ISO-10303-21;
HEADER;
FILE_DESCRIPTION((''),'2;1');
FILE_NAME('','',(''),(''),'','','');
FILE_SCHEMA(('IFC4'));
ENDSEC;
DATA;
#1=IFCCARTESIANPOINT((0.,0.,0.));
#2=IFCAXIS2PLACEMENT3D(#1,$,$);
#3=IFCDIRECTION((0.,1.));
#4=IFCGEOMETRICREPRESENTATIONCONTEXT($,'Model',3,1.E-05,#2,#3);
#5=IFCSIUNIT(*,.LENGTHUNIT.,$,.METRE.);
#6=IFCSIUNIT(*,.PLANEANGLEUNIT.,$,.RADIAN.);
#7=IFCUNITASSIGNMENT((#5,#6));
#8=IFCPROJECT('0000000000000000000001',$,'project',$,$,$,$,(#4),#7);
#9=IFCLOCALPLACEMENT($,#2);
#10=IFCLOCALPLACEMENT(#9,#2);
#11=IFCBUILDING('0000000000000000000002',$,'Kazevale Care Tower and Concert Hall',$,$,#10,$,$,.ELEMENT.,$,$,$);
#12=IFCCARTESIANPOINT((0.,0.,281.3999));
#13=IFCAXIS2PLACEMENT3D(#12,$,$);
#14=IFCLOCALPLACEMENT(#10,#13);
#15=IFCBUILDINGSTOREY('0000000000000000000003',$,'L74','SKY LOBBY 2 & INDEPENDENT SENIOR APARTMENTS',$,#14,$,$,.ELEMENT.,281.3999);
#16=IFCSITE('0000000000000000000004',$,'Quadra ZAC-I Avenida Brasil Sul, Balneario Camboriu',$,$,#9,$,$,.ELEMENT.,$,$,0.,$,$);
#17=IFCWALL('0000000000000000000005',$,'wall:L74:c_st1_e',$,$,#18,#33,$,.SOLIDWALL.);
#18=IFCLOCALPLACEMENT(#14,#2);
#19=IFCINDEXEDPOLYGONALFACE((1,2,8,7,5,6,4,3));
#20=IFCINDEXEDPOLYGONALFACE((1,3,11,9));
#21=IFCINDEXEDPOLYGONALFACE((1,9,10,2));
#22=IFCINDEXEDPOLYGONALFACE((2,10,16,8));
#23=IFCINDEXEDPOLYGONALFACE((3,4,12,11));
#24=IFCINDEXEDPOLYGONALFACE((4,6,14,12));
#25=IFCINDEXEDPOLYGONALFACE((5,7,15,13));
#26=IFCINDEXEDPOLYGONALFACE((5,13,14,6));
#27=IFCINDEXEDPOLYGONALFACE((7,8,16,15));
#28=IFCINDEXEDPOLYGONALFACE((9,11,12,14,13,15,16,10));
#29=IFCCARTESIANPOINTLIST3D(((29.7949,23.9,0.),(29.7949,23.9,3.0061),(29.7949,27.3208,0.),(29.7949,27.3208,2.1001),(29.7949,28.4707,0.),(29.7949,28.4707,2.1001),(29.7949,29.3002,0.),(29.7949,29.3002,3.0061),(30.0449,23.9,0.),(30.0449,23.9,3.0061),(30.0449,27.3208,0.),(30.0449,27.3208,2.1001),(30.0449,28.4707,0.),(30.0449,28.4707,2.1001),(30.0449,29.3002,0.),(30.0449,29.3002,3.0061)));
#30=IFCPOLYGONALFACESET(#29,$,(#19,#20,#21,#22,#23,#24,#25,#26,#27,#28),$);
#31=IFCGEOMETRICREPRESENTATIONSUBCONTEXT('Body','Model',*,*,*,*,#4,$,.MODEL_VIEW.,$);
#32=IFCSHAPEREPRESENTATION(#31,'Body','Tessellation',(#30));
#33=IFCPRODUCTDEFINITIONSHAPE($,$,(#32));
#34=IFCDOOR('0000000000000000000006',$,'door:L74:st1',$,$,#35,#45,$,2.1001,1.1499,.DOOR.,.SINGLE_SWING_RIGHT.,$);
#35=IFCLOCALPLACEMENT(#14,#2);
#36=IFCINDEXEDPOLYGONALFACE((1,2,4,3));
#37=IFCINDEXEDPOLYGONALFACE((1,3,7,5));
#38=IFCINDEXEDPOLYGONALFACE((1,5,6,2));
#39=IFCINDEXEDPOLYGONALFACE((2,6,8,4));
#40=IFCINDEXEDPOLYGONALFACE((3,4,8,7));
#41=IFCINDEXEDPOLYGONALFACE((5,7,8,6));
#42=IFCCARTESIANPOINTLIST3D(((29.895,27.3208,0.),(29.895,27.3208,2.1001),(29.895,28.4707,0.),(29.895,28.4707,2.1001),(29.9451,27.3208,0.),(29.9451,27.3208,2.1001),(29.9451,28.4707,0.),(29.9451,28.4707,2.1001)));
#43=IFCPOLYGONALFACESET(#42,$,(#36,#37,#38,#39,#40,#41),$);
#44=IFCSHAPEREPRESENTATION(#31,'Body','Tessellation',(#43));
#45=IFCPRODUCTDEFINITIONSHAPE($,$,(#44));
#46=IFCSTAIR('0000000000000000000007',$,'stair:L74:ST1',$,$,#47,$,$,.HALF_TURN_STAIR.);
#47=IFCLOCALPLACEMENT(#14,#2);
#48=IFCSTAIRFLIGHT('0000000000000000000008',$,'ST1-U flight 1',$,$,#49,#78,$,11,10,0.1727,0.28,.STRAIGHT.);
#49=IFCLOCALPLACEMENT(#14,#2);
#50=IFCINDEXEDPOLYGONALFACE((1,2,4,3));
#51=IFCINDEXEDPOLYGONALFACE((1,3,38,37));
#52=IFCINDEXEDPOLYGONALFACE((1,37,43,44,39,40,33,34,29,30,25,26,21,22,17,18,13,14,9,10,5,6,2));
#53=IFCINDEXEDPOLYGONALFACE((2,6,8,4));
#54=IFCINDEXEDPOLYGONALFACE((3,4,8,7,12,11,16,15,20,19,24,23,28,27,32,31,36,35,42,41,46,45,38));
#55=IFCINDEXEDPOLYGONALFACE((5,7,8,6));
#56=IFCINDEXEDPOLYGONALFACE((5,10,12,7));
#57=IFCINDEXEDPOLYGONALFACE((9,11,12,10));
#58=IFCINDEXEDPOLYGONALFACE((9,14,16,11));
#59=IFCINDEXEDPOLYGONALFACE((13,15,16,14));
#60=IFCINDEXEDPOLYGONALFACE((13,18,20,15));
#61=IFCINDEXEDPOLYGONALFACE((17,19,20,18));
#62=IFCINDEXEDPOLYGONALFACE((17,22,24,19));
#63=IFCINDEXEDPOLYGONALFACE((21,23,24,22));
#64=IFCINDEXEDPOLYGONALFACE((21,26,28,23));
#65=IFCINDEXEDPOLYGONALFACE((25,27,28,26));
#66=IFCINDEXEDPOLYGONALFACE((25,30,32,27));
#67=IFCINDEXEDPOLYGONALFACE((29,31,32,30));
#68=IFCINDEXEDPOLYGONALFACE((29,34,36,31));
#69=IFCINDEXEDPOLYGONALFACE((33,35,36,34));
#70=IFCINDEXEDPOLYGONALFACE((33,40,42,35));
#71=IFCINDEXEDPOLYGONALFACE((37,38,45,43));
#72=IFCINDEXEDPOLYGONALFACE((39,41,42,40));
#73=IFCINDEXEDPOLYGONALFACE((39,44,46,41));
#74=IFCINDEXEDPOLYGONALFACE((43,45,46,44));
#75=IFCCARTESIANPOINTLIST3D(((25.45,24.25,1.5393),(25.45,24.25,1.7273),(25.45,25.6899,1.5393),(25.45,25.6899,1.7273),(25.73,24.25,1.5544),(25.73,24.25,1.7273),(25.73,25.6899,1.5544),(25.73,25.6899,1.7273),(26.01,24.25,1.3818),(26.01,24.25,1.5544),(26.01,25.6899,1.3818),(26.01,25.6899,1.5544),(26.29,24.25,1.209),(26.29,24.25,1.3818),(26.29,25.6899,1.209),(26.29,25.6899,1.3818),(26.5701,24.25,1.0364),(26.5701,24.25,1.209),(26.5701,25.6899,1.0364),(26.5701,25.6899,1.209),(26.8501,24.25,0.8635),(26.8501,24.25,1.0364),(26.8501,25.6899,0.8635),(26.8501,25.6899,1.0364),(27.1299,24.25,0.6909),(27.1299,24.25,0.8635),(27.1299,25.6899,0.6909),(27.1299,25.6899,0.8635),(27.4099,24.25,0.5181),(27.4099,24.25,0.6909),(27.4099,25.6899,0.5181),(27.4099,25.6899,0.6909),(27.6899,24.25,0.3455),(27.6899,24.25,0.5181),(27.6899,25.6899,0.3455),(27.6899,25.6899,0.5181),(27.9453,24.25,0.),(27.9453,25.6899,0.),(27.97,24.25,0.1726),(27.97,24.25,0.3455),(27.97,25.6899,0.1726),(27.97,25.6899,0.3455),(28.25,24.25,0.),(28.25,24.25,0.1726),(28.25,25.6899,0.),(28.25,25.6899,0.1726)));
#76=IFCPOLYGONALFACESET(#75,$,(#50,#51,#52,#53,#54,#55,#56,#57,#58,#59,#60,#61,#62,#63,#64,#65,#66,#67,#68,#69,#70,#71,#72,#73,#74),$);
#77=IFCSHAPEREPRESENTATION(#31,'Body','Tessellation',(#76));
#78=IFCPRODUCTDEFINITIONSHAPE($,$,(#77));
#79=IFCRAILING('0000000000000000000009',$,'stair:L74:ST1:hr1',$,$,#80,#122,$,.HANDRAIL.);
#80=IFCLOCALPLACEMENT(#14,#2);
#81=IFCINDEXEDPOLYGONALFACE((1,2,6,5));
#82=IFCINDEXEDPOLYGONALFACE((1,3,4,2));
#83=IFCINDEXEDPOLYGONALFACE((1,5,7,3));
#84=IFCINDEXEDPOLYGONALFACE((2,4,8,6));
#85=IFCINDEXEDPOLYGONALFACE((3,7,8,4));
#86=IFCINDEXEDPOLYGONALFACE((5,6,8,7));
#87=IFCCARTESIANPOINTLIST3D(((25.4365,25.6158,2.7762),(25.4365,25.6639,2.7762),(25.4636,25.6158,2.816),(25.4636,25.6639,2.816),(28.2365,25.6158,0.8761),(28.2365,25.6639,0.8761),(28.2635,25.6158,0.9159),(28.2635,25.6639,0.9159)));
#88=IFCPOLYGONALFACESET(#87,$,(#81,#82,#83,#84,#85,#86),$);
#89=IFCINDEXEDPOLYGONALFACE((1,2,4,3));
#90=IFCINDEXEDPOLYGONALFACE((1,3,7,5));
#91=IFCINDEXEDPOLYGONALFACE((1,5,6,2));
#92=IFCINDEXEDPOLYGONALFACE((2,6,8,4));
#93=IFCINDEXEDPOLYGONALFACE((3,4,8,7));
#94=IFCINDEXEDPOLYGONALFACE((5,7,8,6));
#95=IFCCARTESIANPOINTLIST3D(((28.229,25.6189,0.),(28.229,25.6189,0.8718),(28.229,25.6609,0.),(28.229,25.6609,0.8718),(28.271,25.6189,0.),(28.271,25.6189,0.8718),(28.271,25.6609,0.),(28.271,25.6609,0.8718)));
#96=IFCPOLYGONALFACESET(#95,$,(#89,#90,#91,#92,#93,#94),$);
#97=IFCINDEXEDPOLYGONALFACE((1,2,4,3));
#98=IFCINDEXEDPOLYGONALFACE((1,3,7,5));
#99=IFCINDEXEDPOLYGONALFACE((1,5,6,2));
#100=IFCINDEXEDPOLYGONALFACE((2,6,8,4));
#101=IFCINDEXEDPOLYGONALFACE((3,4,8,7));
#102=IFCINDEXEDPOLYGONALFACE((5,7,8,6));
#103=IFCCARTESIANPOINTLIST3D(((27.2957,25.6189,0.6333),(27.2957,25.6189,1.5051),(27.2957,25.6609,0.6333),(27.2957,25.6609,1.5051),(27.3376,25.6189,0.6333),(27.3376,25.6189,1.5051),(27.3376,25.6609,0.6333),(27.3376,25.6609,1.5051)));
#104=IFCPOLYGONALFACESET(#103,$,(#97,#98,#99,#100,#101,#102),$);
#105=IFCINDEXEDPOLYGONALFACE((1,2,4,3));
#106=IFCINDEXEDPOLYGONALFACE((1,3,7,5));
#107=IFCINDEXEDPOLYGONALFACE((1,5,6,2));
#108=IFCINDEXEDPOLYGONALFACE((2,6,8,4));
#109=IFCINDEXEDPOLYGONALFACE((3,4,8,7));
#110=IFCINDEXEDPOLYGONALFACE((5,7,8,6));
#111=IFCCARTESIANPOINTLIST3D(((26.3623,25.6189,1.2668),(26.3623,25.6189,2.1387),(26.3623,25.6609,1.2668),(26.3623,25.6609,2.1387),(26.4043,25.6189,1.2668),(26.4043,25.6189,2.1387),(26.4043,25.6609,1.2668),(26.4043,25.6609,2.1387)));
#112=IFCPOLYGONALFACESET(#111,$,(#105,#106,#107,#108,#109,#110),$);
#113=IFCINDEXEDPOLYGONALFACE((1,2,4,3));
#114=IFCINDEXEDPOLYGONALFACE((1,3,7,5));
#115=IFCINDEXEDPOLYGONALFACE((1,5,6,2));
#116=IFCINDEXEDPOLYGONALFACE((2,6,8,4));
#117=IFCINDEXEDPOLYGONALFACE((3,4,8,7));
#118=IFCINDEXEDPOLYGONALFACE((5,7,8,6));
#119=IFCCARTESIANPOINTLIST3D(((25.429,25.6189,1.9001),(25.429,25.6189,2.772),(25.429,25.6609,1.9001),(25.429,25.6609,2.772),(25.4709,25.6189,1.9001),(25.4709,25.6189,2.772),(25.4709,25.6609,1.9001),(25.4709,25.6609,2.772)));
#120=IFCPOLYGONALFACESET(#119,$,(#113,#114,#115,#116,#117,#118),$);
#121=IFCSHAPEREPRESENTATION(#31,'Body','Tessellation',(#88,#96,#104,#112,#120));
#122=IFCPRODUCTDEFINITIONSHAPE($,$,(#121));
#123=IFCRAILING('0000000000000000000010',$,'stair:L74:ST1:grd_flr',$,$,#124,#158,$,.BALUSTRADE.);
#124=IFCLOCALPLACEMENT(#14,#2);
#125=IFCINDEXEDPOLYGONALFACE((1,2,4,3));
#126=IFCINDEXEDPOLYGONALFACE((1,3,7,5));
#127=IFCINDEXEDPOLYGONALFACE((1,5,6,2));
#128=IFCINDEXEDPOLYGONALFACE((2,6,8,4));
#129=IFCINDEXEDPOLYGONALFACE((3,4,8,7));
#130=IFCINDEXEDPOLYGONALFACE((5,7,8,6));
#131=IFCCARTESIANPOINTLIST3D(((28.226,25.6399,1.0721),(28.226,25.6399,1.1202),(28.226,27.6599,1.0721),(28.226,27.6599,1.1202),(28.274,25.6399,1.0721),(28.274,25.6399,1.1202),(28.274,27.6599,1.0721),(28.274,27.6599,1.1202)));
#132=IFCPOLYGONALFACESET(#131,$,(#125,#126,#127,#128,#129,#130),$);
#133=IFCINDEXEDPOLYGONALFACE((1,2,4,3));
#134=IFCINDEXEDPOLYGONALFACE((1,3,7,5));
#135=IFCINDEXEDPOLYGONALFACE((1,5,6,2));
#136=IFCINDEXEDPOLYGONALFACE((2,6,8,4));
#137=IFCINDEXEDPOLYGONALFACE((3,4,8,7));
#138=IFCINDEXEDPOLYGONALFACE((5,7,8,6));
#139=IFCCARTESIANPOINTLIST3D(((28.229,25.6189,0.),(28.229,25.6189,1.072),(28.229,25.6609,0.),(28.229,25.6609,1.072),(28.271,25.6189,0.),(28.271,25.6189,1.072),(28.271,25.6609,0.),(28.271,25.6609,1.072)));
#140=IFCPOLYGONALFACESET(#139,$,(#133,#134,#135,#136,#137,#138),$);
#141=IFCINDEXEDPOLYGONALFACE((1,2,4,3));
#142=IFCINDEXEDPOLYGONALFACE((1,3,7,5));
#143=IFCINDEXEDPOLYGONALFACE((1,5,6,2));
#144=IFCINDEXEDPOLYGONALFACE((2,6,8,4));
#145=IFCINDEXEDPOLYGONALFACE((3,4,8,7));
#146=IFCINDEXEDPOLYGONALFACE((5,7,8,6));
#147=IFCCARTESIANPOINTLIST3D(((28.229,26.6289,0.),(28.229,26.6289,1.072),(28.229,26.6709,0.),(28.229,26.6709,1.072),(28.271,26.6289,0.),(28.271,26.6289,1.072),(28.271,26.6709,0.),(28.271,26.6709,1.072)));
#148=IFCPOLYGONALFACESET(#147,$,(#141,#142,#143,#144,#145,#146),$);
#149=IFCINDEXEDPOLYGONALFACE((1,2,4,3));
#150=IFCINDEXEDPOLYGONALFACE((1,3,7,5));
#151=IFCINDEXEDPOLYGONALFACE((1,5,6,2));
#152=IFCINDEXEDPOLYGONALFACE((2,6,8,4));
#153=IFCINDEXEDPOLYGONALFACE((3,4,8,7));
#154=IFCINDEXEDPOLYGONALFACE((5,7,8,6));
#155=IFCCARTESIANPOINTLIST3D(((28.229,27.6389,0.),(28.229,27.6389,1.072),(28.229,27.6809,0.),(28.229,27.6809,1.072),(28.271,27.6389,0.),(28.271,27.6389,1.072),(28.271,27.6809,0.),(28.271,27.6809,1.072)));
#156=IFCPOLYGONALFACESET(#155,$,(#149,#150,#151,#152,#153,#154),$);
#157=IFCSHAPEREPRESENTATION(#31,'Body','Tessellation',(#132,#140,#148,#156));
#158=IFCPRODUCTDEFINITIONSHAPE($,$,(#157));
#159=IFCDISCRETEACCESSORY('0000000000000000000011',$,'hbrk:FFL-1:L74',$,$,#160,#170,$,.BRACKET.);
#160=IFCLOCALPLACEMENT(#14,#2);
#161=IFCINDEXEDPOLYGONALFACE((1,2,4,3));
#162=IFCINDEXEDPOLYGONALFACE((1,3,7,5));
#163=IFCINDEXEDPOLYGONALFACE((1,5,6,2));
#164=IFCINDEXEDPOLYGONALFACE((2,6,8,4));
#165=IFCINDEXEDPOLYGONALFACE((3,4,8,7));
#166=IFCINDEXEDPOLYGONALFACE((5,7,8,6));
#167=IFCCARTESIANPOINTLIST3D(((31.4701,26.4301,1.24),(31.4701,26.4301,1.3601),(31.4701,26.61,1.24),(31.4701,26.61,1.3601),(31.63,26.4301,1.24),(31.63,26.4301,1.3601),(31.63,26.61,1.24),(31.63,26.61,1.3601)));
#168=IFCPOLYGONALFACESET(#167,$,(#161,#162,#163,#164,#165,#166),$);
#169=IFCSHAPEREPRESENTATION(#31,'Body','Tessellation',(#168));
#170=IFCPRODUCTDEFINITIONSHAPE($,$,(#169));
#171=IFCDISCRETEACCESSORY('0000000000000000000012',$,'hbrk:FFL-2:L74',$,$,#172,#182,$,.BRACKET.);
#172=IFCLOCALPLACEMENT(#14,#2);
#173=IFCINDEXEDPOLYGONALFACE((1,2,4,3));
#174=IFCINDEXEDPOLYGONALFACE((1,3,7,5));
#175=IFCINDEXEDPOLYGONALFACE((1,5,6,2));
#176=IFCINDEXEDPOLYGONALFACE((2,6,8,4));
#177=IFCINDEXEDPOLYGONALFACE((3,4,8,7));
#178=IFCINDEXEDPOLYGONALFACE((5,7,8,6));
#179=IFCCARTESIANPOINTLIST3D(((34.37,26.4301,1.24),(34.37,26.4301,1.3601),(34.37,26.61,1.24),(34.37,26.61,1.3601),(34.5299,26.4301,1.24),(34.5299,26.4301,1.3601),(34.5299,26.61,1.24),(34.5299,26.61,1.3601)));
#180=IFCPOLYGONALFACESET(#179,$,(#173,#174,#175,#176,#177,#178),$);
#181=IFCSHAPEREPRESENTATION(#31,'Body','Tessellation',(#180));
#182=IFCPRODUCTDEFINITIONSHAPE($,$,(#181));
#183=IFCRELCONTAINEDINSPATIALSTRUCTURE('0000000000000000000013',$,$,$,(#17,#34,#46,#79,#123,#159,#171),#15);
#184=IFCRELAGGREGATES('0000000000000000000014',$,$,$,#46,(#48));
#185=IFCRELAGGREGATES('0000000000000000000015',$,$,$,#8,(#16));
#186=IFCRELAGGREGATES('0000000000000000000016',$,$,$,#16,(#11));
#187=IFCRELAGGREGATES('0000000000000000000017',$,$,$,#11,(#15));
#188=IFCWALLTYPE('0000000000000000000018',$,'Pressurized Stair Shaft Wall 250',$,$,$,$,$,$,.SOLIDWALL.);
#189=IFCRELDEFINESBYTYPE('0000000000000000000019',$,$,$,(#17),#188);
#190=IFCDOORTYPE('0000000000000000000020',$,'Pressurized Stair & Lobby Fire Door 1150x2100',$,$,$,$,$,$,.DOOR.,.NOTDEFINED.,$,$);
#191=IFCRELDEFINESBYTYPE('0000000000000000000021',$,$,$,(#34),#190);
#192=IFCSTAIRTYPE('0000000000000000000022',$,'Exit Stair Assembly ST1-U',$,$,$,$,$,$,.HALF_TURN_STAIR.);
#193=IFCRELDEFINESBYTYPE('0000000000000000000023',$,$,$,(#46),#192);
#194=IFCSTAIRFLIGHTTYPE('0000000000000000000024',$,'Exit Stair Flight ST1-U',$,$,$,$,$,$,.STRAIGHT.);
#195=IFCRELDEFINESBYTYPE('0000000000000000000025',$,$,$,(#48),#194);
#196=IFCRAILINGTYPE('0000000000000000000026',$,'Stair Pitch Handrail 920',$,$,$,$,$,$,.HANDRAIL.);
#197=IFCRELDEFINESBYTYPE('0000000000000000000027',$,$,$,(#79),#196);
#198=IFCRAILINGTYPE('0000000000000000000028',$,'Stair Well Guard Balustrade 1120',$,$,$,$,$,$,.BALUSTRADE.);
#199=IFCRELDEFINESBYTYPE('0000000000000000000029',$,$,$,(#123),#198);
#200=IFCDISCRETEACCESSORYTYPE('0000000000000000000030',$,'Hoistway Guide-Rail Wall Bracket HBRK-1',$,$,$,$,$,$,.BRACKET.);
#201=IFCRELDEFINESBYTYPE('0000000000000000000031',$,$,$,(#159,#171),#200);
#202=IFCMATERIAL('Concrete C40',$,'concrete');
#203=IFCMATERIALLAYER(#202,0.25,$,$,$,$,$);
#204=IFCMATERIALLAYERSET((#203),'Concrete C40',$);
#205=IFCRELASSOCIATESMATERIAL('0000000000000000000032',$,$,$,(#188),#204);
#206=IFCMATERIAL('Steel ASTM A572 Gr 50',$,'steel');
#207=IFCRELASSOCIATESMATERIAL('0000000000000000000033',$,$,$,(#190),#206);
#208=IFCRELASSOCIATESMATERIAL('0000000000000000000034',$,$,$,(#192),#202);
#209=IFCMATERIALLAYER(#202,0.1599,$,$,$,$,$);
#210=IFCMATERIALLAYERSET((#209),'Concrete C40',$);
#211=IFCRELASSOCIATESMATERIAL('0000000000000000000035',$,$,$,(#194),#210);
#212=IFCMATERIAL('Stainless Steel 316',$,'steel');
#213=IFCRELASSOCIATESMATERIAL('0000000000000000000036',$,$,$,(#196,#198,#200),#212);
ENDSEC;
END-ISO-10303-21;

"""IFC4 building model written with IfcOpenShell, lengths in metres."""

from ifc_helpers import new_model, si_unit, direction, frame, frame_2d, origin, origin_2d, place, context, subcontext, project, spatial, polyline, rectangle, outline, extrude, material, layer, layer_set, type_object, element, fill, aggregate, save


model = new_model("IFC4")

# Units and contexts
model_context = context("Model", 3, precision=1e-05, world=origin(), true_north=direction((0.0, 1.0)))
body_context = subcontext(model_context, "Body", "Model", "MODEL_VIEW")
ifc_project = project(units=[si_unit("LENGTHUNIT", "METRE"), si_unit("PLANEANGLEUNIT", "RADIAN")], contexts=[model_context])

# Site, building, storey
site_placement = place(None, origin())
site = spatial("IfcSite", under=ifc_project, at=site_placement, Name="Quadra ZAC-I Avenida Brasil Sul, Balneario Camboriu", CompositionType="ELEMENT", RefElevation=0.0)
building_placement = place(site_placement, origin())
building = spatial("IfcBuilding", under=site, at=building_placement, Name="Kazevale Care Tower and Concert Hall", CompositionType="ELEMENT")
storey_placement = place(building_placement, frame((0.0, 0.0, 281.3999)))
storey = spatial("IfcBuildingStorey", under=building, at=storey_placement, Name="L74", Description="SKY LOBBY 2 & INDEPENDENT SENIOR APARTMENTS", CompositionType="ELEMENT", Elevation=281.3999)

# Shared definitions
ifc_material_1 = material(Name="Steel ASTM A572 Gr 50", Category="steel")

# Shared definitions
ifc_material_2 = material(Name="Concrete C40", Category="concrete")
ifc_material_3 = material(Name="Stainless Steel 316", Category="steel")

# Wall, opening, door
ifc_layer_1 = layer(ifc_material_2, 0.25)
ifc_layer_set_1 = layer_set([ifc_layer_1], Name="Concrete C40")
wall_type_1 = type_object("IfcWallType", Name="Pressurized Stair Shaft Wall 250", PredefinedType="SOLIDWALL", material=ifc_layer_set_1)
wall_1_placement = place(storey_placement, frame((29.9199, 23.8999, 0.0), z_axis=(0.0, 0.0, 1.0), x_axis=(0.0, 1.0, 0.0)))
wall_1 = element("IfcWall", 1, at=wall_1_placement, inside=storey, type_object=wall_type_1, Name="wall:L74:c_st1_e", PredefinedType="SOLIDWALL", context=body_context, shape_type="SweptSolid", body=[
    extrude(rectangle(XDim=5.4001, YDim=0.25, at=frame_2d((2.7002, 0.0))), origin(), (0.0, 0.0, 1.0), 3.0061),
])
opening_1_placement = place(wall_1_placement, frame((3.4209, 0.0, 0.0)))
opening_1 = element("IfcOpeningElement", 2, at=opening_1_placement, cuts=wall_1, PredefinedType="OPENING", context=body_context, shape_type="SweptSolid", body=[
    extrude(rectangle(XDim=1.1499, YDim=2.1001, at=frame_2d((0.575, 1.05))), frame((0.0, 0.135, 0.0), z_axis=(0.0, -1.0, 0.0), x_axis=(1.0, 0.0, 0.0)), (0.0, 0.0, 1.0), 0.27),
])
door_type_1 = type_object("IfcDoorType", Name="Pressurized Stair & Lobby Fire Door 1150x2100", OperationType="NOTDEFINED", PredefinedType="DOOR", material=ifc_material_1)
door_1_placement = place(opening_1_placement, origin())
door_1 = element("IfcDoor", 3, at=door_1_placement, inside=storey, type_object=door_type_1, Name="door:L74:st1", OperationType="SINGLE_SWING_RIGHT", OverallHeight=2.1001, OverallWidth=1.1499, PredefinedType="DOOR", context=body_context, shape_type="SweptSolid", body=[
    extrude(rectangle(XDim=1.1499, YDim=2.1001, at=frame_2d((0.575, 1.05))), frame((0.0, 0.0249, 0.0), z_axis=(0.0, -1.0, 0.0), x_axis=(1.0, 0.0, 0.0)), (0.0, 0.0, 1.0), 0.05),
])
fill(opening_1, door_1)

# Stair, stair flight
stair_type = type_object("IfcStairType", Name="Exit Stair Assembly ST1-U", PredefinedType="HALF_TURN_STAIR", material=ifc_material_2)
stair_placement = place(storey_placement, origin())
stair = element("IfcStair", 4, at=stair_placement, inside=storey, type_object=stair_type, Name="stair:L74:ST1", PredefinedType="HALF_TURN_STAIR")
ifc_layer_2 = layer(ifc_material_2, 0.1599)
ifc_layer_set_2 = layer_set([ifc_layer_2], Name="Concrete C40")
stair_flight_type = type_object("IfcStairFlightType", Name="Exit Stair Flight ST1-U", PredefinedType="STRAIGHT", material=ifc_layer_set_2)
stair_flight_placement = place(storey_placement, frame((28.25, 24.97, 0.0), z_axis=(0.0, 0.0, 1.0), x_axis=(-1.0, 0.0, 0.0)))
stair_flight = element("IfcStairFlight", 5, at=stair_flight_placement, type_object=stair_flight_type, Name="ST1-U flight 1", NumberOfRisers=11, NumberOfTreads=10, PredefinedType="STRAIGHT", RiserHeight=0.1727, TreadLength=0.28, context=body_context, shape_type="SweptSolid", body=[
    extrude(outline(polyline([(0.0, 0.0), (0.0, 0.1726), (0.28, 0.1726), (0.28, 0.3455), (0.5601, 0.3455), (0.5601, 0.5181), (0.8401, 0.5181), (0.8401, 0.6909), (1.1201, 0.6909), (1.1201, 0.8635), (1.3999, 0.8635), (1.3999, 1.0364), (1.6799, 1.0364), (1.6799, 1.209), (1.96, 1.209), (1.96, 1.3818), (2.24, 1.3818), (2.24, 1.5544), (2.52, 1.5544), (2.52, 1.7273), (2.8, 1.7273), (2.8, 1.8999), (2.8, 1.5393), (0.3047, 0.0), (0.0, 0.0)])), frame((0.0, 0.72, 0.0), z_axis=(0.0, -1.0, 0.0), x_axis=(1.0, 0.0, 0.0)), (0.0, 0.0, 1.0), 1.4399),
])
aggregate(stair, [stair_flight])

# Railings
railing_type_1 = type_object("IfcRailingType", Name="Stair Pitch Handrail 920", PredefinedType="HANDRAIL", material=ifc_material_3)
railing_1_placement = place(storey_placement, frame((28.25, 25.6399, 0.0)))
element("IfcRailing", 6, at=railing_1_placement, inside=storey, type_object=railing_type_1, Name="stair:L74:ST1:hr1", PredefinedType="HANDRAIL", context=body_context, shape_type="SweptSolid", body=[
    extrude(rectangle(XDim=0.0481, YDim=0.0481, at=origin_2d()), frame((0.0, 0.0, 0.896), z_axis=(-0.82746, 0.0, 0.561524), x_axis=(0.0, -1.0, 0.0)), (0.0, 0.0, 1.0), 3.3838),
    extrude(rectangle(XDim=0.042, YDim=0.042, at=origin_2d()), origin(), (0.0, 0.0, 1.0), 0.8718),
    extrude(rectangle(XDim=0.042, YDim=0.042, at=origin_2d()), frame((-0.9333, 0.0, 0.6333)), (0.0, 0.0, 1.0), 0.8718),
    extrude(rectangle(XDim=0.042, YDim=0.042, at=origin_2d()), frame((-1.8667, 0.0, 1.2668)), (0.0, 0.0, 1.0), 0.8718),
    extrude(rectangle(XDim=0.042, YDim=0.042, at=origin_2d()), frame((-2.8, 0.0, 1.9001)), (0.0, 0.0, 1.0), 0.8718),
])
railing_type_2 = type_object("IfcRailingType", Name="Stair Well Guard Balustrade 1120", PredefinedType="BALUSTRADE", material=ifc_material_3)
railing_2_placement = place(storey_placement, frame((28.25, 25.6399, 0.0)))
element("IfcRailing", 7, at=railing_2_placement, inside=storey, type_object=railing_type_2, Name="stair:L74:ST1:grd_flr", PredefinedType="BALUSTRADE", context=body_context, shape_type="SweptSolid", body=[
    extrude(rectangle(XDim=0.0481, YDim=0.0481, at=origin_2d()), frame((0.0, 0.0, 1.0962), z_axis=(0.0, 1.0, 0.0), x_axis=(-1.0, 0.0, 0.0)), (0.0, 0.0, 1.0), 2.02),
    extrude(rectangle(XDim=0.042, YDim=0.042, at=origin_2d()), origin(), (0.0, 0.0, 1.0), 1.072),
    extrude(rectangle(XDim=0.042, YDim=0.042, at=origin_2d()), frame((0.0, 1.01, 0.0)), (0.0, 0.0, 1.0), 1.072),
    extrude(rectangle(XDim=0.042, YDim=0.042, at=origin_2d()), frame((0.0, 2.02, 0.0)), (0.0, 0.0, 1.0), 1.072),
])

# Discrete accessories
discrete_accessory_type = type_object("IfcDiscreteAccessoryType", Name="Hoistway Guide-Rail Wall Bracket HBRK-1", PredefinedType="BRACKET", material=ifc_material_3)
for number, where, z_axis, x_axis, name in (
    (8, (31.55, 26.52, 1.24), (0.0, 0.0, 1.0), (1.0, 0.0, 0.0), "hbrk:FFL-1:L74"),
    (9, (34.45, 26.52, 1.24), (0.0, 0.0, 1.0), (1.0, 0.0, 0.0), "hbrk:FFL-2:L74"),
):
    element("IfcDiscreteAccessory", number, at=place(storey_placement, frame(where, z_axis=z_axis, x_axis=x_axis)), inside=storey, type_object=discrete_accessory_type, Name=name, PredefinedType="BRACKET", context=body_context, shape_type="SweptSolid", body=[
        extrude(rectangle(XDim=0.1599, YDim=0.1799, at=origin_2d()), origin(), (0.0, 0.0, 1.0), 0.1201),
    ])

save(model, "model.ifc")
